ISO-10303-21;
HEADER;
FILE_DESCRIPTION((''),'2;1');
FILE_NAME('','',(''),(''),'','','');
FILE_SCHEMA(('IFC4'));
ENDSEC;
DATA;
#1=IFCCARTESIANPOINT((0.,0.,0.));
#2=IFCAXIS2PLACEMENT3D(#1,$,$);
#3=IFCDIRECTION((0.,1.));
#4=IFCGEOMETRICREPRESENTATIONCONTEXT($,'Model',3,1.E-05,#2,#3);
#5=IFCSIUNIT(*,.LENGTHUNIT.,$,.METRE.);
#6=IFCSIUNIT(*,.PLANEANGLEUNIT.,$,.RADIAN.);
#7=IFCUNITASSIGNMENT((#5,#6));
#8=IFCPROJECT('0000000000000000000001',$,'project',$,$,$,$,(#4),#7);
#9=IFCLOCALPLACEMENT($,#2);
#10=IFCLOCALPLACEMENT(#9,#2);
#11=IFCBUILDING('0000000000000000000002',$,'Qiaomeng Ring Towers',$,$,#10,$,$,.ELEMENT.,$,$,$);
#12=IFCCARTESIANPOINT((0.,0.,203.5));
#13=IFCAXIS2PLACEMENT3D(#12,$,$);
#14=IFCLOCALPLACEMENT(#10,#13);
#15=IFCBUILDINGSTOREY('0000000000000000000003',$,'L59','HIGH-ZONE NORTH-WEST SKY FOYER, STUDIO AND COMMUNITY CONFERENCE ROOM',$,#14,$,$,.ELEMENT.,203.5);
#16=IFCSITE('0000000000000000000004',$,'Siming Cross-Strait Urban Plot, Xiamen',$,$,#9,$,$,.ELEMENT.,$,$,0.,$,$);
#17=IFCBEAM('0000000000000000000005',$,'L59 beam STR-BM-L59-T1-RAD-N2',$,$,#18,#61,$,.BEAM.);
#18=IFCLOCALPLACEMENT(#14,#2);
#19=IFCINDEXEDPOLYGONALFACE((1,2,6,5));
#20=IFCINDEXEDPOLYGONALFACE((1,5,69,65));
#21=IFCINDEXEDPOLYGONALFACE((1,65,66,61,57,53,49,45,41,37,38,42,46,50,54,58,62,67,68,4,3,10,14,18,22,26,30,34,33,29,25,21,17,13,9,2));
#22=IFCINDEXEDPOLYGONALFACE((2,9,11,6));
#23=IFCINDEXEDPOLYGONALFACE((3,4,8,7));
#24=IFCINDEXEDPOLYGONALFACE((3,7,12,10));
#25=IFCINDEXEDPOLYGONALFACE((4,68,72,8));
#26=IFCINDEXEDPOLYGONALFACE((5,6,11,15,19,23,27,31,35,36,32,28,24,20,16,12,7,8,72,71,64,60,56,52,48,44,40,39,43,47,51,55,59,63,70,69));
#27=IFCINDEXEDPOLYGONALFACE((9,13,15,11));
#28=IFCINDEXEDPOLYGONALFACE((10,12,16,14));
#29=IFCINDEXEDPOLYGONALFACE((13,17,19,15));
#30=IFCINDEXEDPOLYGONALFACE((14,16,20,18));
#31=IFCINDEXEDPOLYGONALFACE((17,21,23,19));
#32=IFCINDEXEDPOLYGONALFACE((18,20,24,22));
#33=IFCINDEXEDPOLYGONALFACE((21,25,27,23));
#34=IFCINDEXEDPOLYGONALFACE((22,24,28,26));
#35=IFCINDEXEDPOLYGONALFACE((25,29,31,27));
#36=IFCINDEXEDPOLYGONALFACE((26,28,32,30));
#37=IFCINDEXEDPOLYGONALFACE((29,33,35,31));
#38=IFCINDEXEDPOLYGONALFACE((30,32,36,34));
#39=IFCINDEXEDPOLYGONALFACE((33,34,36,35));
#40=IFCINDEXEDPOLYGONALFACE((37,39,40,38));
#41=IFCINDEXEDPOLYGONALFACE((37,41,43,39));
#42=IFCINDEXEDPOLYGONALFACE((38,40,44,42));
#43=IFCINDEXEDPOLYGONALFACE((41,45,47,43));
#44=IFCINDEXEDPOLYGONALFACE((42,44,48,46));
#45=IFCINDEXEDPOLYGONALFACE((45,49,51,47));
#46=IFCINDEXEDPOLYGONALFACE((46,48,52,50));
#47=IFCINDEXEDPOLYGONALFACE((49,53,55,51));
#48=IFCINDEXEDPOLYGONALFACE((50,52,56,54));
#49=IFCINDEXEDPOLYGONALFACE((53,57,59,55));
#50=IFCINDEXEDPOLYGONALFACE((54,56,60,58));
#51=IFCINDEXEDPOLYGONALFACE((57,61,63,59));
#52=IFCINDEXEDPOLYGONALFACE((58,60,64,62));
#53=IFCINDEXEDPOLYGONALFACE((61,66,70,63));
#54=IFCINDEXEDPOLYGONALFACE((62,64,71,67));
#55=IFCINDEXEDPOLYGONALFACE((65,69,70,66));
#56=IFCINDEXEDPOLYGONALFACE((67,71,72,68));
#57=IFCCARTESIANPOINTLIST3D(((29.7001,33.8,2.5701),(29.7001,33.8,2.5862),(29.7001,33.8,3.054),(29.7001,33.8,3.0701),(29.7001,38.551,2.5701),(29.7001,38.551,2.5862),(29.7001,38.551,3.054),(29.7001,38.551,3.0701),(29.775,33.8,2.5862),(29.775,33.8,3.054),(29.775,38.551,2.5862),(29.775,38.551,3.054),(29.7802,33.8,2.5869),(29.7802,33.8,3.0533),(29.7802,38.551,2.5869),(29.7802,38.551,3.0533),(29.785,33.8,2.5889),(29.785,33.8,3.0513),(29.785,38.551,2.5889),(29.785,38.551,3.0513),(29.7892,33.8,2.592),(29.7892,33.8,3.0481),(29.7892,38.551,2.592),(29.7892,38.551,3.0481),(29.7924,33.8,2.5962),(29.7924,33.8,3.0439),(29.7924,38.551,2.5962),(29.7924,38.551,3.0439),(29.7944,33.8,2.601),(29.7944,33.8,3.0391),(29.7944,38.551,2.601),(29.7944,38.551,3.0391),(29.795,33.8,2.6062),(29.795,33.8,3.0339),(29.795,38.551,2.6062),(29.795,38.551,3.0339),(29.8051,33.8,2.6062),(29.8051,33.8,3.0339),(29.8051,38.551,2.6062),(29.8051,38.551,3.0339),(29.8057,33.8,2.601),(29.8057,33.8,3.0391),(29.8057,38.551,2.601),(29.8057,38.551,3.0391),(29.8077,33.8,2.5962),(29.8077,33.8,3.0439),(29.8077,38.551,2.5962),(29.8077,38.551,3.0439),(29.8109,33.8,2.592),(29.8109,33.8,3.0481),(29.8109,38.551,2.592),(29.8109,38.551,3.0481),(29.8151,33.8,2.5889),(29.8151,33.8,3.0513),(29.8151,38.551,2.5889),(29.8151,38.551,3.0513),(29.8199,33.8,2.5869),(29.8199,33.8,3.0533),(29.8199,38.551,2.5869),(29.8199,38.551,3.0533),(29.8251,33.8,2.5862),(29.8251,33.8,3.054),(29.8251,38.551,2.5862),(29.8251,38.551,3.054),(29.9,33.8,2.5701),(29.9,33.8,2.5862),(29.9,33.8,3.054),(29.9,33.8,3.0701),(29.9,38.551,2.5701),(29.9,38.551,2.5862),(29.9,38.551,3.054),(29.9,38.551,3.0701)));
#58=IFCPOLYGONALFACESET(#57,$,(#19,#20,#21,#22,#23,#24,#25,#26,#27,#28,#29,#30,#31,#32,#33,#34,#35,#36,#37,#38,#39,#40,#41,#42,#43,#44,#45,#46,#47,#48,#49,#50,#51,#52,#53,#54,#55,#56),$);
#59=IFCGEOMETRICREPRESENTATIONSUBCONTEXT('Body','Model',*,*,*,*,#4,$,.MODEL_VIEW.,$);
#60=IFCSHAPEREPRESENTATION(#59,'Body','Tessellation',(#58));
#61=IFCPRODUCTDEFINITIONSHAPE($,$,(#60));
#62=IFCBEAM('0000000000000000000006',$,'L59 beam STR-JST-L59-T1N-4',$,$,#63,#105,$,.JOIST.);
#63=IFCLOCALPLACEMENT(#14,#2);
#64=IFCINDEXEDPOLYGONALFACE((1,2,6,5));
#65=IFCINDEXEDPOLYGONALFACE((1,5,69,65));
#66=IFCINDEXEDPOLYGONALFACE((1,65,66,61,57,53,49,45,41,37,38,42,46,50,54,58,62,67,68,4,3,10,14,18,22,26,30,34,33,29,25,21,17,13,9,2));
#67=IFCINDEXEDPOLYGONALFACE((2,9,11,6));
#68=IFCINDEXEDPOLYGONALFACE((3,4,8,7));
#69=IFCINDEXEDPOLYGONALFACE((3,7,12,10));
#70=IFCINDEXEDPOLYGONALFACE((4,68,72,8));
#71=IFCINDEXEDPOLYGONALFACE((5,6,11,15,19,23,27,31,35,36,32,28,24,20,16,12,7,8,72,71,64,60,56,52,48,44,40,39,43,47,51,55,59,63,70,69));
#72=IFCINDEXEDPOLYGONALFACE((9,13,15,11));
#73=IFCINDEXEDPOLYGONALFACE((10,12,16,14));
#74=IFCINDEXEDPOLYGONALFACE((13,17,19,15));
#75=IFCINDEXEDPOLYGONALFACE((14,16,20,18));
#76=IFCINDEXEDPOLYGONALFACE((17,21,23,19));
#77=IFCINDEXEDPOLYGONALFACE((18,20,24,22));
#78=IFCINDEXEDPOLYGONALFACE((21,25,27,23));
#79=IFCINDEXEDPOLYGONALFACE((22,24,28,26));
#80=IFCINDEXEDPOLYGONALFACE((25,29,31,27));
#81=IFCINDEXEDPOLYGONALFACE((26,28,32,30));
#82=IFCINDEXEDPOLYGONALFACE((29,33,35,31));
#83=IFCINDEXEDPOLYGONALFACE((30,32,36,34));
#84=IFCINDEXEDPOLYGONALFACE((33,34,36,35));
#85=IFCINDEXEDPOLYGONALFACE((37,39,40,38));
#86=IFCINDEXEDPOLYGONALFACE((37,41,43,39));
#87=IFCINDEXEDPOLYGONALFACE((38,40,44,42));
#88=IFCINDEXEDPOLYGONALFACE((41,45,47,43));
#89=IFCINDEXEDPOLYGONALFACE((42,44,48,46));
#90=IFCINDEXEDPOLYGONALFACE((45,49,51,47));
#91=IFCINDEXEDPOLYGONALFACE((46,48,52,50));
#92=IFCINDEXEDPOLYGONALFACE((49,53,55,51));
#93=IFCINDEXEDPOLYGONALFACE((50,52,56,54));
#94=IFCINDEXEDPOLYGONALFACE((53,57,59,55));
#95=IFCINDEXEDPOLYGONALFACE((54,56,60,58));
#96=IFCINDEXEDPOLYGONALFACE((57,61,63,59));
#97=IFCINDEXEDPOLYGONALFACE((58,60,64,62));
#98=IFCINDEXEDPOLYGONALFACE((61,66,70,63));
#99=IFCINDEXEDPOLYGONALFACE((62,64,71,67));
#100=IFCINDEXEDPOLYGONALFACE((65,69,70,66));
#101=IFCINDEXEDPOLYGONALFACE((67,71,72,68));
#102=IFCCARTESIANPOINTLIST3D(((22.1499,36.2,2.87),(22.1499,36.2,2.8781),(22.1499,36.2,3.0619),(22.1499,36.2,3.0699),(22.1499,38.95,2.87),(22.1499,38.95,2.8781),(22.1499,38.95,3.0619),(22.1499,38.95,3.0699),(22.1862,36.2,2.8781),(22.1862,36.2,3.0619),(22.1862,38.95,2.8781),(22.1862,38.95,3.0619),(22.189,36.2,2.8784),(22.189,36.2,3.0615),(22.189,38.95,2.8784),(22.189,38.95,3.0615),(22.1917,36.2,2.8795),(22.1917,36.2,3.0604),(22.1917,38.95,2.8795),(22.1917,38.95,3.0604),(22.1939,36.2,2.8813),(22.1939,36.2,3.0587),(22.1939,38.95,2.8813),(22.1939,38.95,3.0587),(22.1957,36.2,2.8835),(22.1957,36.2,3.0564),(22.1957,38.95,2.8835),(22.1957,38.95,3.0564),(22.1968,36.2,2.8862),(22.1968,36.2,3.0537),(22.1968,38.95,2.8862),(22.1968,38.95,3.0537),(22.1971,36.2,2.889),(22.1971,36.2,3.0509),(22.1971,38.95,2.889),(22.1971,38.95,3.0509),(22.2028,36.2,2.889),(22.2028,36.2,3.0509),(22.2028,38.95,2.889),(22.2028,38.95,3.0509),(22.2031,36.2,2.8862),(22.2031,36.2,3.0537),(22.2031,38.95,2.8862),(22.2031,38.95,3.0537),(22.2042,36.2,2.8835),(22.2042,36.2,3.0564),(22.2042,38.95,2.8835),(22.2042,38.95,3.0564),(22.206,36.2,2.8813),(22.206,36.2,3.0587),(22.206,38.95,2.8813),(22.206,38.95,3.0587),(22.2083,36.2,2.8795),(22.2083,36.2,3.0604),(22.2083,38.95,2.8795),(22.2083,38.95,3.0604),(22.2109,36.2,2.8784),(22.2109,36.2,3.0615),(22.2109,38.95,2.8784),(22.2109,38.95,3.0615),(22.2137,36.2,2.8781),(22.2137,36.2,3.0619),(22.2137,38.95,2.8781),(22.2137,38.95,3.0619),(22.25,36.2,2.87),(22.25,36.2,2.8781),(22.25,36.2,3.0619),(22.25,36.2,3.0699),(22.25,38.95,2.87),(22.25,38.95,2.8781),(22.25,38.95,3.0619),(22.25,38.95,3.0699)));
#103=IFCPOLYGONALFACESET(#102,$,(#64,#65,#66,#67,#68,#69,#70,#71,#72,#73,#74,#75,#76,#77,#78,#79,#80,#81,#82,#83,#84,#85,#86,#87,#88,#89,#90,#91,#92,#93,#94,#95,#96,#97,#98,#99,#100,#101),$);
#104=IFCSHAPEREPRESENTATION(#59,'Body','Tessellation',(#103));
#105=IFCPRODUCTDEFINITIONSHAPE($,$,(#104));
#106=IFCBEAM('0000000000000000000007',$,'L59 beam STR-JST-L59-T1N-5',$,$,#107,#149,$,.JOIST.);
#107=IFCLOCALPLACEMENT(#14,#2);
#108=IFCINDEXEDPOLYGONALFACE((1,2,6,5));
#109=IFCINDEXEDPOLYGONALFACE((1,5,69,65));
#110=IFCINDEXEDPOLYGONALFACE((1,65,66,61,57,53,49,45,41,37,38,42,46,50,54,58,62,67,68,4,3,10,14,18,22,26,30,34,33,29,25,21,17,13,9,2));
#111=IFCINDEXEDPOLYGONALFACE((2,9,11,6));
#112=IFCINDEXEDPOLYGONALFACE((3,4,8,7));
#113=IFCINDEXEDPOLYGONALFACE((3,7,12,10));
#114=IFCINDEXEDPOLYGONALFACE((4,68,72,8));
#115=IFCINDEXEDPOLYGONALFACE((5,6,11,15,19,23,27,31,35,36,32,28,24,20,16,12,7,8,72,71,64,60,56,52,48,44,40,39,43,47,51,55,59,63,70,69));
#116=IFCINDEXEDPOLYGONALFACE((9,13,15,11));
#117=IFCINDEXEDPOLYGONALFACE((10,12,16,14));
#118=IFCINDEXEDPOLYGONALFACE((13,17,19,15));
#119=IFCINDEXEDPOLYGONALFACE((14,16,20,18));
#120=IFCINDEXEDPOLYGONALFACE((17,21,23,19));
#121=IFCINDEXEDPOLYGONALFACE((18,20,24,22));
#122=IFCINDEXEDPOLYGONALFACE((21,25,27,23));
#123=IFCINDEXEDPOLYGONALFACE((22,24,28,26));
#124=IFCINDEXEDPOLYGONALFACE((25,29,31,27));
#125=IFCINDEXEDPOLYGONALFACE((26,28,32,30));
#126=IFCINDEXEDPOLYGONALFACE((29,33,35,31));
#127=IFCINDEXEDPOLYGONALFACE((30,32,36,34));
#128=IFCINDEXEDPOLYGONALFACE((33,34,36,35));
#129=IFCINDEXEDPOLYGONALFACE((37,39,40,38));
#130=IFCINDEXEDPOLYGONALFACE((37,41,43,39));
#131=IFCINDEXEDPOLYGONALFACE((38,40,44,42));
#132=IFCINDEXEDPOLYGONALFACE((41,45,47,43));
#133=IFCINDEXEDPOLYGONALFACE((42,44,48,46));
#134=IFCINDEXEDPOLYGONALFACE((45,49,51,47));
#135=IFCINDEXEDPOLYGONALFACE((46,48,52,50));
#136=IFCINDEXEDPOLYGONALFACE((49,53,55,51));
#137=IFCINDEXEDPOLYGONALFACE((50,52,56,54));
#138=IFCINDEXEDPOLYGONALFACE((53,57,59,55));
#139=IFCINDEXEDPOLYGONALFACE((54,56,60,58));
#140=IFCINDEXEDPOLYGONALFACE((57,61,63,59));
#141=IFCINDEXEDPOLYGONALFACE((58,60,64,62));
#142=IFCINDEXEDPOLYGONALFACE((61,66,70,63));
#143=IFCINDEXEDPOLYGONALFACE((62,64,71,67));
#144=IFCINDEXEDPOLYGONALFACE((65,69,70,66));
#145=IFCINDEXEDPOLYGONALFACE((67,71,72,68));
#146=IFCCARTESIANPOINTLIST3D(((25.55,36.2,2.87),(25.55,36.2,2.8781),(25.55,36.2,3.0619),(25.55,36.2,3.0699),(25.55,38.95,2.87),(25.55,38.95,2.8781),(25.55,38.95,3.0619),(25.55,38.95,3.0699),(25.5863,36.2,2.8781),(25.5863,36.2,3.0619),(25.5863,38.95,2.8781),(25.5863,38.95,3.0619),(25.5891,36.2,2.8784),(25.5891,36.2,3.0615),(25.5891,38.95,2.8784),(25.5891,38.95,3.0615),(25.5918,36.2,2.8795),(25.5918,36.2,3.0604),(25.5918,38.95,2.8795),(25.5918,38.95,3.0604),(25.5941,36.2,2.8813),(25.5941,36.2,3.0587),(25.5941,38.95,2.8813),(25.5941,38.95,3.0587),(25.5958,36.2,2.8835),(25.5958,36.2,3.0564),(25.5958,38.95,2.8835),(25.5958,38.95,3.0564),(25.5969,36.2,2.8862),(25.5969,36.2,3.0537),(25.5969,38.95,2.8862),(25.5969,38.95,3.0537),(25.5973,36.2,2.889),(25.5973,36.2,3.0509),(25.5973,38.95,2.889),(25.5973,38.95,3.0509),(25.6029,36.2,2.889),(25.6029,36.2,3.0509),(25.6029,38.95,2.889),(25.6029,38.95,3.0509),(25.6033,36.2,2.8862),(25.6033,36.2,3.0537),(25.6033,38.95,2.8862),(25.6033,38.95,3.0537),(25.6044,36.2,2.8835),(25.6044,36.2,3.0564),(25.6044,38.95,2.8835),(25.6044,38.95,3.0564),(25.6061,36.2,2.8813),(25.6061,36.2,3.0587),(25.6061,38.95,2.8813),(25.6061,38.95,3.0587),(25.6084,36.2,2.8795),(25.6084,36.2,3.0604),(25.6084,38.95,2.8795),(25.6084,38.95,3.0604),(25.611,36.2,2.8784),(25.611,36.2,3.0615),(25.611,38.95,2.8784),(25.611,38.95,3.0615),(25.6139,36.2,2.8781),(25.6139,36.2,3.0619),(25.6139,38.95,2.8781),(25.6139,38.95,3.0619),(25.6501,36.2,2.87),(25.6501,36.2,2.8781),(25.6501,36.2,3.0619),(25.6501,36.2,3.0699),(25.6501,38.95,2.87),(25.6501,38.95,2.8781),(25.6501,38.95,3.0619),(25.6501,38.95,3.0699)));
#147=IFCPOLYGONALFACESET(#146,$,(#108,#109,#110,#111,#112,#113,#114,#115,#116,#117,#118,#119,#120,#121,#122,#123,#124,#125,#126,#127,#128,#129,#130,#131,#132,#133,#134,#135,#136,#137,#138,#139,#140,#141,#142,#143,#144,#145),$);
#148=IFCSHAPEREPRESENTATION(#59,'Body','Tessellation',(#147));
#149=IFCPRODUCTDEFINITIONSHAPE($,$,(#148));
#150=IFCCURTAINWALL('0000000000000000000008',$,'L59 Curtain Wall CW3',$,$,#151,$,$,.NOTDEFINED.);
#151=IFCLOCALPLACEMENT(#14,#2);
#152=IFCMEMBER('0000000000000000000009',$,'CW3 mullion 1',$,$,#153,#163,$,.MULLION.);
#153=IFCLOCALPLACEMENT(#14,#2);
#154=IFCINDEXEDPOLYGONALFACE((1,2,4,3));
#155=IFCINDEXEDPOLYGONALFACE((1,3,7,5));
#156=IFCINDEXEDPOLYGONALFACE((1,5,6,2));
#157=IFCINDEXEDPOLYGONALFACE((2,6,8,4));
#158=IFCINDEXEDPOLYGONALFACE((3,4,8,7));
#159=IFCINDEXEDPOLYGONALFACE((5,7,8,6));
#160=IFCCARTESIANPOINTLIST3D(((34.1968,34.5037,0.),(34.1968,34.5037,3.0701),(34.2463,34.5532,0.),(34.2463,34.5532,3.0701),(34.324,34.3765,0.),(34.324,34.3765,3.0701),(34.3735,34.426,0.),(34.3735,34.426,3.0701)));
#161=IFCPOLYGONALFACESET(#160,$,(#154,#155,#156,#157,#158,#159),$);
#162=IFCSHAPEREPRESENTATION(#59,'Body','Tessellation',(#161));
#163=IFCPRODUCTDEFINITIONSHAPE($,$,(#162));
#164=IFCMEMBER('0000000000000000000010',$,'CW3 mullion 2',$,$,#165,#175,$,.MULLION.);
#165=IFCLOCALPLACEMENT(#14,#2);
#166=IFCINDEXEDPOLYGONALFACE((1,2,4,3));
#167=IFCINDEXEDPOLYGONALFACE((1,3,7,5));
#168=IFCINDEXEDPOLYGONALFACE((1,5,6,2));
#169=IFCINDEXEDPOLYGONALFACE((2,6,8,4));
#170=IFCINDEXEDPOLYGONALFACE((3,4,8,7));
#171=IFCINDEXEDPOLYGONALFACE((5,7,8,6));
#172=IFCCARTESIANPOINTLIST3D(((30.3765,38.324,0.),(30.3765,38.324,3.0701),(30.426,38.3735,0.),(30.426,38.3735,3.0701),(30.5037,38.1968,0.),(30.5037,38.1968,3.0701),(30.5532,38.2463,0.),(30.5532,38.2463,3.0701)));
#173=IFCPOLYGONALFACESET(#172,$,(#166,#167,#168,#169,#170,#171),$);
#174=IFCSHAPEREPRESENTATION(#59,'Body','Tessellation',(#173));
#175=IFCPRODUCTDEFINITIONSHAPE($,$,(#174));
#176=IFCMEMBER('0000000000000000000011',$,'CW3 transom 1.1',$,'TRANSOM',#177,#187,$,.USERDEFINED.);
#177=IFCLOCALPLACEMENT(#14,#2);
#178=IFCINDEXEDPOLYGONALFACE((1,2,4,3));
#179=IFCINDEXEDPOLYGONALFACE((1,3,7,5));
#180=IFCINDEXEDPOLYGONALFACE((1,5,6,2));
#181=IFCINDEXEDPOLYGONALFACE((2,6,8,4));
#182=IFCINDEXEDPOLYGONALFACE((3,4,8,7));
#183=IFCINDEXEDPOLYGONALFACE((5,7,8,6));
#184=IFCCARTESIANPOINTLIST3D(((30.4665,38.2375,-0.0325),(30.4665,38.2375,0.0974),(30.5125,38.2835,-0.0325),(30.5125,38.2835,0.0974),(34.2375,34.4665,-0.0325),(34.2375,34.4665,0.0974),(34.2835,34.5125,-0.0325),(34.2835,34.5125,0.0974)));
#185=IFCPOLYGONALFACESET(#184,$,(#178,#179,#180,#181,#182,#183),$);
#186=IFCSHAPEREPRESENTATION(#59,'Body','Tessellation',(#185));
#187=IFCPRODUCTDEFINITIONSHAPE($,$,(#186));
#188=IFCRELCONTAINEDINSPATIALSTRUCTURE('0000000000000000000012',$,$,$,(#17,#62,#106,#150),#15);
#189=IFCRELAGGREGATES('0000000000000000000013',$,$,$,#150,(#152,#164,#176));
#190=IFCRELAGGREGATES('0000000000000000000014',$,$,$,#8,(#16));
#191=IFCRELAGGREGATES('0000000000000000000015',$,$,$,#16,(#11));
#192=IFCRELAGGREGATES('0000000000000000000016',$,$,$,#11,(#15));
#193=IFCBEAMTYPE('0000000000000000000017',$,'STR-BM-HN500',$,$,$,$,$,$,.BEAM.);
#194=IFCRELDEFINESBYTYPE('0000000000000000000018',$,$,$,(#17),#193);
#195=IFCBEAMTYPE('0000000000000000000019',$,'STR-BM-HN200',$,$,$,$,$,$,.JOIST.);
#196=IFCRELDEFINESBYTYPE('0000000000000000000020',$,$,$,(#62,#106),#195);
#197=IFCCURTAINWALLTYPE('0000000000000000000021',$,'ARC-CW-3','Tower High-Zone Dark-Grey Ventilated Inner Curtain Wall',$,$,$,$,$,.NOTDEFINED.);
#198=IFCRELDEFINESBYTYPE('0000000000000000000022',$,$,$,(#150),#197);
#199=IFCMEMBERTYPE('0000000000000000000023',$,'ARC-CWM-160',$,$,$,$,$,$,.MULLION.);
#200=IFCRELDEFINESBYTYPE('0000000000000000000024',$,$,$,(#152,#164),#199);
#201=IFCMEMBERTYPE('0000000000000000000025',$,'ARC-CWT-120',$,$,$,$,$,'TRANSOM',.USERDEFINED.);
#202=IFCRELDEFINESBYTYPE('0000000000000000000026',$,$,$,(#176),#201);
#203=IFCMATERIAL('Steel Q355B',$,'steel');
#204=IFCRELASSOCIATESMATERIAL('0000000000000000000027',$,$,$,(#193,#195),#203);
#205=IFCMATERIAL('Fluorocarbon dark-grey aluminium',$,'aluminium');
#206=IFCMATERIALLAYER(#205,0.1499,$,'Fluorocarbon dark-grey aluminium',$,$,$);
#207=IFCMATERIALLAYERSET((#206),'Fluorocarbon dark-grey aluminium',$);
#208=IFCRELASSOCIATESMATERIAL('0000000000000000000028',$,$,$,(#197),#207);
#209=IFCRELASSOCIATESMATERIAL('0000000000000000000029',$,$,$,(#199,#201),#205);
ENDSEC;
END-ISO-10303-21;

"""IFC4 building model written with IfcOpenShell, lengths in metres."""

from ifc_helpers import new_model, si_unit, direction, frame, origin, origin_2d, place, context, subcontext, project, spatial, rectangle, i_section, extrude, source, transform, mapped, material, layer, layer_set, material_profile, profile_set, type_object, element, aggregate, save


model = new_model("IFC4")

# Units and contexts
model_context = context("Model", 3, precision=1e-05, world=origin(), true_north=direction((0.0, 1.0)))
body_context = subcontext(model_context, "Body", "Model", "MODEL_VIEW")
ifc_project = project(units=[si_unit("LENGTHUNIT", "METRE"), si_unit("PLANEANGLEUNIT", "RADIAN")], contexts=[model_context])

# Site, building, storey
site_placement = place(None, origin())
site = spatial("IfcSite", under=ifc_project, at=site_placement, Name="Siming Cross-Strait Urban Plot, Xiamen", CompositionType="ELEMENT", RefElevation=0.0)
building_placement = place(site_placement, origin())
building = spatial("IfcBuilding", under=site, at=building_placement, Name="Qiaomeng Ring Towers", CompositionType="ELEMENT")
storey_placement = place(building_placement, frame((0.0, 0.0, 203.5)))
storey = spatial("IfcBuildingStorey", under=building, at=storey_placement, Name="L59", Description="HIGH-ZONE NORTH-WEST SKY FOYER, STUDIO AND COMMUNITY CONFERENCE ROOM", CompositionType="ELEMENT", Elevation=203.5)

# Beams
ifc_material_1 = material(Name="Steel Q355B", Category="steel")
ifc_material_profile_1 = material_profile(ifc_material_1, i_section(OverallWidth=0.2, OverallDepth=0.5, WebThickness=0.01, FlangeThickness=0.0161, FilletRadius=0.02, at=origin_2d()), Name="HN 500x200x10x16")
ifc_profile_set_1 = profile_set([ifc_material_profile_1], Name="Steel Q355B")
beam_type_1 = type_object("IfcBeamType", Name="STR-BM-HN500", PredefinedType="BEAM", material=ifc_profile_set_1)
shared_shape_1 = source(origin(), body_context, "Body", "SweptSolid", [
    extrude(i_section(OverallWidth=0.2, OverallDepth=0.5, WebThickness=0.01, FlangeThickness=0.0161, FilletRadius=0.02, at=origin_2d()), origin(), (0.0, 0.0, 1.0), 4.751),
])
beam_1_placement = place(storey_placement, frame((29.8, 38.551, 2.8201), z_axis=(0.0, -1.0, 0.0), x_axis=(1.0, 0.0, 0.0)))
element("IfcBeam", 1, at=beam_1_placement, inside=storey, type_object=beam_type_1, Name="L59 beam STR-BM-L59-T1-RAD-N2", PredefinedType="BEAM", context=body_context, shape_type="MappedRepresentation", body=[
    mapped(shared_shape_1, transform((0.0, 0.0, 0.0), x_axis=(1.0, 0.0, 0.0), y_axis=(0.0, 1.0, 0.0), z_axis=(0.0, 0.0, 1.0), scale=1.0)),
])
ifc_material_profile_2 = material_profile(ifc_material_1, i_section(OverallWidth=0.1001, OverallDepth=0.2, WebThickness=0.0056, FlangeThickness=0.0081, FilletRadius=0.011, at=origin_2d()), Name="HN 200x100x5.5x8")
ifc_profile_set_2 = profile_set([ifc_material_profile_2], Name="Steel Q355B")
beam_type_2 = type_object("IfcBeamType", Name="STR-BM-HN200", PredefinedType="JOIST", material=ifc_profile_set_2)
shared_shape_2 = source(origin(), body_context, "Body", "SweptSolid", [
    extrude(i_section(OverallWidth=0.1001, OverallDepth=0.2, WebThickness=0.0056, FlangeThickness=0.0081, FilletRadius=0.011, at=origin_2d()), origin(), (0.0, 0.0, 1.0), 2.75),
])
for number, where, z_axis, x_axis, name in (
    (2, (22.2, 36.2, 2.97), (0.0, 1.0, 0.0), (-1.0, 0.0, 0.0), "L59 beam STR-JST-L59-T1N-4"),
    (3, (25.6001, 36.2, 2.97), (0.0, 1.0, 0.0), (-1.0, 0.0, 0.0), "L59 beam STR-JST-L59-T1N-5"),
):
    element("IfcBeam", number, at=place(storey_placement, frame(where, z_axis=z_axis, x_axis=x_axis)), inside=storey, type_object=beam_type_2, Name=name, PredefinedType="JOIST", context=body_context, shape_type="MappedRepresentation", body=[
        mapped(shared_shape_2, transform((0.0, 0.0, 0.0), x_axis=(1.0, 0.0, 0.0), y_axis=(0.0, 1.0, 0.0), z_axis=(0.0, 0.0, 1.0), scale=1.0)),
    ])

# Curtain wall, members
ifc_material_2 = material(Name="Fluorocarbon dark-grey aluminium", Category="aluminium")
ifc_layer_1 = layer(ifc_material_2, 0.1499, Name="Fluorocarbon dark-grey aluminium")
ifc_layer_set_1 = layer_set([ifc_layer_1], Name="Fluorocarbon dark-grey aluminium")
curtain_wall_type = type_object("IfcCurtainWallType", Name="ARC-CW-3", Description="Tower High-Zone Dark-Grey Ventilated Inner Curtain Wall", PredefinedType="NOTDEFINED", material=ifc_layer_set_1)
curtain_wall_placement = place(storey_placement, origin())
curtain_wall = element("IfcCurtainWall", 4, at=curtain_wall_placement, inside=storey, type_object=curtain_wall_type, Name="L59 Curtain Wall CW3", PredefinedType="NOTDEFINED")
ifc_material_profile_3 = material_profile(ifc_material_2, rectangle(XDim=0.0701, YDim=0.1799, at=origin_2d()), Name="ALU MULL 70x180")
ifc_profile_set_3 = profile_set([ifc_material_profile_3], Name="Fluorocarbon dark-grey aluminium")
member_type_1 = type_object("IfcMemberType", Name="ARC-CWM-160", PredefinedType="MULLION", material=ifc_profile_set_3)
shared_shape_3 = source(origin(), body_context, "Body", "SweptSolid", [
    extrude(rectangle(XDim=0.0701, YDim=0.1799, at=origin_2d()), origin(), (0.0, 0.0, 1.0), 3.0701),
])
member_1_placement = place(storey_placement, frame((34.2852, 34.4648, 0.0), z_axis=(0.0, 0.0, 1.0), x_axis=(-0.707107, -0.707107, 0.0)))
member_1 = element("IfcMember", 5, at=member_1_placement, type_object=member_type_1, Name="CW3 mullion 1", PredefinedType="MULLION", context=body_context, shape_type="MappedRepresentation", body=[
    mapped(shared_shape_3, transform((0.0, 0.0, 0.0), x_axis=(1.0, 0.0, 0.0), y_axis=(0.0, 1.0, 0.0), z_axis=(0.0, 0.0, 1.0), scale=1.0)),
])
member_2_placement = place(storey_placement, frame((30.4648, 38.2852, 0.0), z_axis=(0.0, 0.0, 1.0), x_axis=(-0.707107, -0.707107, 0.0)))
member_2 = element("IfcMember", 6, at=member_2_placement, type_object=member_type_1, Name="CW3 mullion 2", PredefinedType="MULLION", context=body_context, shape_type="MappedRepresentation", body=[
    mapped(shared_shape_3, transform((0.0, 0.0, 0.0), x_axis=(1.0, 0.0, 0.0), y_axis=(0.0, 1.0, 0.0), z_axis=(0.0, 0.0, 1.0), scale=1.0)),
])
ifc_material_profile_4 = material_profile(ifc_material_2, rectangle(XDim=0.0649, YDim=0.1299, at=origin_2d()), Name="ALU TRAN 65x130")
ifc_profile_set_4 = profile_set([ifc_material_profile_4], Name="Fluorocarbon dark-grey aluminium")
member_type_2 = type_object("IfcMemberType", Name="ARC-CWT-120", ElementType="TRANSOM", PredefinedType="USERDEFINED", material=ifc_profile_set_4)
shared_shape_4 = source(origin(), body_context, "Body", "SweptSolid", [
    extrude(rectangle(XDim=0.0649, YDim=0.1299, at=origin_2d()), origin(), (0.0, 0.0, 1.0), 5.333),
])
member_3_placement = place(storey_placement, frame((34.2605, 34.4895, 0.0325), z_axis=(-0.707107, 0.707107, 0.0), x_axis=(-0.707107, -0.707107, 0.0)))
member_3 = element("IfcMember", 7, at=member_3_placement, type_object=member_type_2, Name="CW3 transom 1.1", ObjectType="TRANSOM", PredefinedType="USERDEFINED", context=body_context, shape_type="MappedRepresentation", body=[
    mapped(shared_shape_4, transform((0.0, 0.0, 0.0), x_axis=(1.0, 0.0, 0.0), y_axis=(0.0, 1.0, 0.0), z_axis=(0.0, 0.0, 1.0), scale=1.0)),
])
aggregate(curtain_wall, [member_1, member_2, member_3])

save(model, "model.ifc")
